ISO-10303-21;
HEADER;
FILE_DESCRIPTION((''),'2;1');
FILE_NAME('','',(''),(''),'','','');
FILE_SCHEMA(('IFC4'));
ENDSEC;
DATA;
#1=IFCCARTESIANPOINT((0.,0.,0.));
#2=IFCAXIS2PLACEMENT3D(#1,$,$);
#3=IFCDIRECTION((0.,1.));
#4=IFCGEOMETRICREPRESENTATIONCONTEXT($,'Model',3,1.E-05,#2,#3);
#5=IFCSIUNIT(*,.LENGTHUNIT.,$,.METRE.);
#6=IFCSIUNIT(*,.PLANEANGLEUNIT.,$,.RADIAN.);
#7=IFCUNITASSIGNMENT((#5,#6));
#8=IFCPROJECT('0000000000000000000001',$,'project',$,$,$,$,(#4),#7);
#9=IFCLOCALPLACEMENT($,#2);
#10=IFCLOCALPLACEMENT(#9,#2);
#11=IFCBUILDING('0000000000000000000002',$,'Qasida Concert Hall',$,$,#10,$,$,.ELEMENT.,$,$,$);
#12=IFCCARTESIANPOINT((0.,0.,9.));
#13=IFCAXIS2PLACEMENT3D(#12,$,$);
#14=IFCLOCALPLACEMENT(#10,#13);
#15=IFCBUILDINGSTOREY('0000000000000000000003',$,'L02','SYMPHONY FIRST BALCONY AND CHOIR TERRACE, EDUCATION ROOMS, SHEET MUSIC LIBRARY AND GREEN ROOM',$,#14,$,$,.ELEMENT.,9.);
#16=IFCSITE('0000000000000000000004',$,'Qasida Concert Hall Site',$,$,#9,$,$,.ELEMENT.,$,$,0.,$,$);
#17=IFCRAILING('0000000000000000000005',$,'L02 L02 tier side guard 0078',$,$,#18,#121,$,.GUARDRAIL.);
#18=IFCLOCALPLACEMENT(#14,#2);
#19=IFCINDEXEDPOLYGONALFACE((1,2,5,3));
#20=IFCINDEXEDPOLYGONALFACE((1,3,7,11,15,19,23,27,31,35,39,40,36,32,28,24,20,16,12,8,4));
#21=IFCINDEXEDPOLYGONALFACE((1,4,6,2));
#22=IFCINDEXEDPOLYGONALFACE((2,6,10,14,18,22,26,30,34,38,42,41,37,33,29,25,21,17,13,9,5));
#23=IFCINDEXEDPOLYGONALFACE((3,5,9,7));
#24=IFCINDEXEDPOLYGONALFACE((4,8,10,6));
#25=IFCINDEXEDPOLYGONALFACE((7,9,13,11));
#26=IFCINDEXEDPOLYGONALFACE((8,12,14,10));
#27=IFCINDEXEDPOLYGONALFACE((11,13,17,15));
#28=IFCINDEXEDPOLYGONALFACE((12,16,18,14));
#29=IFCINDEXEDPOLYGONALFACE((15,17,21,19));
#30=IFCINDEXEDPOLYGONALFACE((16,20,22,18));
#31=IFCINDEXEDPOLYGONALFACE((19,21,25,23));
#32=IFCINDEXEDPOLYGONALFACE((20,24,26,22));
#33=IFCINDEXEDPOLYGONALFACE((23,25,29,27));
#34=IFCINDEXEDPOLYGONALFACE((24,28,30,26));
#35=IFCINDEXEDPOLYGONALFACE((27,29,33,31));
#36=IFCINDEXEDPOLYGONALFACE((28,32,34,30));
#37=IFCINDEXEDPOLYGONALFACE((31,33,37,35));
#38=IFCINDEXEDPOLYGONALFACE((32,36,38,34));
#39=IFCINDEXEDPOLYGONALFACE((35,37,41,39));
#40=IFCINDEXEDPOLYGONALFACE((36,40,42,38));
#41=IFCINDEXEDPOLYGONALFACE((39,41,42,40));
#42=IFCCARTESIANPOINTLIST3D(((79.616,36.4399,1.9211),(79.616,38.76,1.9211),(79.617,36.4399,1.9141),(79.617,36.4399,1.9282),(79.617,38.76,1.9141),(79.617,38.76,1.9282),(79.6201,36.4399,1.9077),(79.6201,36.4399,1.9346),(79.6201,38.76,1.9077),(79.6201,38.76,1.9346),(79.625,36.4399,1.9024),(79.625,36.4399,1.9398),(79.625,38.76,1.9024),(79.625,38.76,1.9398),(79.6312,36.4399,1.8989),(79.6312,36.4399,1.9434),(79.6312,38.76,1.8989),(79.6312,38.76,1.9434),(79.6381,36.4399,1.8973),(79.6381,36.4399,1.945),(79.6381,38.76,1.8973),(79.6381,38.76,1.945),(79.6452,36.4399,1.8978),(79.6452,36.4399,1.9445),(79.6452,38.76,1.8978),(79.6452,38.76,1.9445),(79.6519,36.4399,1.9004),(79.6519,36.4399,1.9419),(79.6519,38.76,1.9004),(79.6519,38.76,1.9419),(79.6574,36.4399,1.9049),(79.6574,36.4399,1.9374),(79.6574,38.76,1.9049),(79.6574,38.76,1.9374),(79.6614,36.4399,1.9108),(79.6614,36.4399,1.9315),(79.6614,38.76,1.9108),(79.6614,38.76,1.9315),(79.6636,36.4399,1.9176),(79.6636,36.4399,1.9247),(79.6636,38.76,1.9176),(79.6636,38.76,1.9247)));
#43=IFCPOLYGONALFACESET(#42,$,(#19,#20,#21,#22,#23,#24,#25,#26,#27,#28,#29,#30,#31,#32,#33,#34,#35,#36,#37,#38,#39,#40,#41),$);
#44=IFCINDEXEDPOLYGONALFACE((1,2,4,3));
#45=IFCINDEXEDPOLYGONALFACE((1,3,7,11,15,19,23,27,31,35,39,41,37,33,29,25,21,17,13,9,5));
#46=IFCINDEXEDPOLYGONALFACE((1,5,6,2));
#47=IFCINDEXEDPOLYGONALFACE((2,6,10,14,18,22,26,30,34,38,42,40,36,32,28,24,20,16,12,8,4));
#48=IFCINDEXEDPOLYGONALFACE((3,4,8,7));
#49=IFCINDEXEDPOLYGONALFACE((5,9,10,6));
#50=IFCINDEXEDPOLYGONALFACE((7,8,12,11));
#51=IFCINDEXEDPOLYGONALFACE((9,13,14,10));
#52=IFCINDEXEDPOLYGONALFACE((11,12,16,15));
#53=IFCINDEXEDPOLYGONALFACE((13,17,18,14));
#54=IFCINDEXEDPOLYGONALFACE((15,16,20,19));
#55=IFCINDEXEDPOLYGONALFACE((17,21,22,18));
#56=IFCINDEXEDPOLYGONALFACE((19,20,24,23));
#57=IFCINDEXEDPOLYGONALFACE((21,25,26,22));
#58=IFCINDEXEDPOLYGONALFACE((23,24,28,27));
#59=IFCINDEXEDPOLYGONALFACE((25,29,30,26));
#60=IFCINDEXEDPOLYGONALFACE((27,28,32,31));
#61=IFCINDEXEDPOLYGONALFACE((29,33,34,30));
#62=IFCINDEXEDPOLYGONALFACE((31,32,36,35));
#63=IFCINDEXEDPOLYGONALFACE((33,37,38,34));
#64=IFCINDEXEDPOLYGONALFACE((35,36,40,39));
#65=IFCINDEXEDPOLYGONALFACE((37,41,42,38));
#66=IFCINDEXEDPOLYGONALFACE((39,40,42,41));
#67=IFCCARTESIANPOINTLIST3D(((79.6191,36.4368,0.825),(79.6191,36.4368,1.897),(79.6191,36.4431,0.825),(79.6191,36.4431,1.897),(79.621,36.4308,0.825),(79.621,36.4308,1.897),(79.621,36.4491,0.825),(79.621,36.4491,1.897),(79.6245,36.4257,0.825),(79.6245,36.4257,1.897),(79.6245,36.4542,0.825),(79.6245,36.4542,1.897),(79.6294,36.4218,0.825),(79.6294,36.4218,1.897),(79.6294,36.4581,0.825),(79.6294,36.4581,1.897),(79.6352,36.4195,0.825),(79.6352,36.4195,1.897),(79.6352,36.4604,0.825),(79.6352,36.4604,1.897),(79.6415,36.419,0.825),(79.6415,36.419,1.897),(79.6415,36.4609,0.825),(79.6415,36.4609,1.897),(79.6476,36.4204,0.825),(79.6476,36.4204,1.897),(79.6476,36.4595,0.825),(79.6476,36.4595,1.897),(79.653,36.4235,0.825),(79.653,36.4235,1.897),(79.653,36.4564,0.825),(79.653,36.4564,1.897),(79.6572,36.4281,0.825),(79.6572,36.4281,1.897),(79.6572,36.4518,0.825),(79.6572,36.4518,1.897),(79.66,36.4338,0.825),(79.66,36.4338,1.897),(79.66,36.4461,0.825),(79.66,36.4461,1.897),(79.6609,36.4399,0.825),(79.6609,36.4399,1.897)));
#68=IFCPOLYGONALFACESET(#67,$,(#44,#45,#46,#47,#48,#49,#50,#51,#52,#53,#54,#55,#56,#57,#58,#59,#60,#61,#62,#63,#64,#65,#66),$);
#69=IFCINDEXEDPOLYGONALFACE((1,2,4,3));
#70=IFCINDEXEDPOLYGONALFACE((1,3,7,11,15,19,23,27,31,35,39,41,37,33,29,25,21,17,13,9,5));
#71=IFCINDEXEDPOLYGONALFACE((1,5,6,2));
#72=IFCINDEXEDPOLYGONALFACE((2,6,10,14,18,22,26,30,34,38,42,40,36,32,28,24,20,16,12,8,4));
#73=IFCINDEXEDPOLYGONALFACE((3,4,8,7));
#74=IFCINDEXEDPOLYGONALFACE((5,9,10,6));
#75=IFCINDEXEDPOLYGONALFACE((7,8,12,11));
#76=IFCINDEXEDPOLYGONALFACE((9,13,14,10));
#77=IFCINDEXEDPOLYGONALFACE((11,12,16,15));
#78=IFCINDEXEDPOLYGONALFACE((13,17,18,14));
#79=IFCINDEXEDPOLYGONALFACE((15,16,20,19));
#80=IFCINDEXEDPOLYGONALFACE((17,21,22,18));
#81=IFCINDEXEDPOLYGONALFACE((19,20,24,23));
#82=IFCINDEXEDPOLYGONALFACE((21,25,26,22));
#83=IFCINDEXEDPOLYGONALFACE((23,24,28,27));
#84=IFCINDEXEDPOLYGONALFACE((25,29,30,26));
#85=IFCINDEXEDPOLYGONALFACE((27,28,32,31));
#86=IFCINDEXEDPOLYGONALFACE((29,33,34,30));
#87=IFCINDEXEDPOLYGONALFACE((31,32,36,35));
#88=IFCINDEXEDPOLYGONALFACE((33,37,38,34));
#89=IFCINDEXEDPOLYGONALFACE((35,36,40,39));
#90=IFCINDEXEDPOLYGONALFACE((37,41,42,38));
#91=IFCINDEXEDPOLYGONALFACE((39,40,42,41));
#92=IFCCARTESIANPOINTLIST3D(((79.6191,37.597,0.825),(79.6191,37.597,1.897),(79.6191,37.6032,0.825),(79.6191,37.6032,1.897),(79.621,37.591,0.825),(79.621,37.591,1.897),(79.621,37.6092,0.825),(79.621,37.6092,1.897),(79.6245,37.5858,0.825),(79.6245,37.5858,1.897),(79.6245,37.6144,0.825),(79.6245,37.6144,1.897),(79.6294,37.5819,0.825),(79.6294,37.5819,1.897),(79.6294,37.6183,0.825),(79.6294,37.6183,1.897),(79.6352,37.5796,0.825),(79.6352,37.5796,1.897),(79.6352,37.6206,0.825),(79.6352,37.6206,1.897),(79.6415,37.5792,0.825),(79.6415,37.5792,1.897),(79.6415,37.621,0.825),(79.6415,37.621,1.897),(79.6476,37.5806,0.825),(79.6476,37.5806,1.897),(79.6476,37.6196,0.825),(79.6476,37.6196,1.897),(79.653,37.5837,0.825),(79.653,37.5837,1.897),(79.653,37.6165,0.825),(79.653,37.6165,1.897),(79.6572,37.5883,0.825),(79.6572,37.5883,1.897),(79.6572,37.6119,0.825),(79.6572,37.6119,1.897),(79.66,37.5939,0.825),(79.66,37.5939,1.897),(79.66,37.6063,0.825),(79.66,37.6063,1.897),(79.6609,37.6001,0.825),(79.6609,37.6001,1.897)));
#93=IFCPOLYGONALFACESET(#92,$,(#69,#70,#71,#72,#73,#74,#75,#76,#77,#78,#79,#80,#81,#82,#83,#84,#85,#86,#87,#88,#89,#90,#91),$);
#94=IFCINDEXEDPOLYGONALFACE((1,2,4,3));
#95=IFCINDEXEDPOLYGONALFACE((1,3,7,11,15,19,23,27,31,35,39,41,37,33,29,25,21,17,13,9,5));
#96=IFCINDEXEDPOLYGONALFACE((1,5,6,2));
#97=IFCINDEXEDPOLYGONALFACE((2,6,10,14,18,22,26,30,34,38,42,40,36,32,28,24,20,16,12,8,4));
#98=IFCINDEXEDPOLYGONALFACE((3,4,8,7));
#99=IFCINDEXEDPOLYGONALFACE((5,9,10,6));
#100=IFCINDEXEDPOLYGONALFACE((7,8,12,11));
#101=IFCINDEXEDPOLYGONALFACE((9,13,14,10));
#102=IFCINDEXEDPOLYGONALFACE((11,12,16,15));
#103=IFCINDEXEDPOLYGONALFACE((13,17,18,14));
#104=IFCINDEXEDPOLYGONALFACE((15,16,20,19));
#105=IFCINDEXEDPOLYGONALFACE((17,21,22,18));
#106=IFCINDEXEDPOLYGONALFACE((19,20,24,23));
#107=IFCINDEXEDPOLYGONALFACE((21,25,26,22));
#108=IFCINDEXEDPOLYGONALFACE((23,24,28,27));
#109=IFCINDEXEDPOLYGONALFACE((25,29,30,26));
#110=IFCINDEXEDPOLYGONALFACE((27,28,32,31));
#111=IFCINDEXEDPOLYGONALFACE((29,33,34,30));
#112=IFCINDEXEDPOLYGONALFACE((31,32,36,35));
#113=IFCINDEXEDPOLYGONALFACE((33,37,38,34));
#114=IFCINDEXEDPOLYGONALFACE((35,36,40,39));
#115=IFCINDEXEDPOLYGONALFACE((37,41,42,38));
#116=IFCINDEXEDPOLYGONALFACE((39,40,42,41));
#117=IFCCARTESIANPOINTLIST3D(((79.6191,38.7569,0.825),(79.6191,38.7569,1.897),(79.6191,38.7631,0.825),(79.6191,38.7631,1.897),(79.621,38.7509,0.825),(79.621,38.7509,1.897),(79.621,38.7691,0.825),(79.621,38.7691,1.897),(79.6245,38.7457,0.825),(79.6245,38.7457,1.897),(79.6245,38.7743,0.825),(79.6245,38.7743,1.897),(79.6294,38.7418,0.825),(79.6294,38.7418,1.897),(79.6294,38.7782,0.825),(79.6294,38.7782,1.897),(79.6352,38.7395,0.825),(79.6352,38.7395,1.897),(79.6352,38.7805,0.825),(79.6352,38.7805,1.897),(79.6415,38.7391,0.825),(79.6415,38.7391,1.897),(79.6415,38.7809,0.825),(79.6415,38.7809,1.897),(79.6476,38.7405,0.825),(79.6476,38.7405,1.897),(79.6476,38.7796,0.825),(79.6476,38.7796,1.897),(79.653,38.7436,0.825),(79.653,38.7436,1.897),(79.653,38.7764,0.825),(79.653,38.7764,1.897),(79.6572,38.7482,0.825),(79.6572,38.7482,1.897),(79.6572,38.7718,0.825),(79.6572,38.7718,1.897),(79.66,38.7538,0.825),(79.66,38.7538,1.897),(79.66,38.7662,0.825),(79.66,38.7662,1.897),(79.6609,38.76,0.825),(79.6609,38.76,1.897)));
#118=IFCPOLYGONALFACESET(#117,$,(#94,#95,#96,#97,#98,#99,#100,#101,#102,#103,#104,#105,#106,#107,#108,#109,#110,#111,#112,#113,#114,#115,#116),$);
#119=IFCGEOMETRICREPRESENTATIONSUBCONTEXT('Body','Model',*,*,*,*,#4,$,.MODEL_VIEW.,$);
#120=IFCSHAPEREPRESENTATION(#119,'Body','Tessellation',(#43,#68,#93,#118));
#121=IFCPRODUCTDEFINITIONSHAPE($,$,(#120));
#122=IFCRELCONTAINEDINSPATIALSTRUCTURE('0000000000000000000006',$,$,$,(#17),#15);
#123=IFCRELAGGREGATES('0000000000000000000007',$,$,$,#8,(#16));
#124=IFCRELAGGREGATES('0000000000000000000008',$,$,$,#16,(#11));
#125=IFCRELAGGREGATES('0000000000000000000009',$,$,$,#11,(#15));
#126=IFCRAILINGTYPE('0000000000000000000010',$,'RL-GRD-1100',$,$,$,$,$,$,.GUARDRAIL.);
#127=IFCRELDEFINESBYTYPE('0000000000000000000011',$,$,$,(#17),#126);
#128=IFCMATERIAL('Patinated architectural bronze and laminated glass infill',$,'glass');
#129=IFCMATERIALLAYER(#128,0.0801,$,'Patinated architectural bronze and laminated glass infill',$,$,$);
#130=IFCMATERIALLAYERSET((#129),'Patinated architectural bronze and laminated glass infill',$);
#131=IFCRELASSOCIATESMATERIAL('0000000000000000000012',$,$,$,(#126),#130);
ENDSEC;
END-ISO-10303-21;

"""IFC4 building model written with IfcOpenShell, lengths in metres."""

from ifc_helpers import new_model, si_unit, direction, frame, origin, origin_2d, place, context, subcontext, project, spatial, circle, extrude, material, layer, layer_set, type_object, element, save


model = new_model("IFC4")

# Units and contexts
model_context = context("Model", 3, precision=1e-05, world=origin(), true_north=direction((0.0, 1.0)))
body_context = subcontext(model_context, "Body", "Model", "MODEL_VIEW")
ifc_project = project(units=[si_unit("LENGTHUNIT", "METRE"), si_unit("PLANEANGLEUNIT", "RADIAN")], contexts=[model_context])

# Site, building, storey
site_placement = place(None, origin())
site = spatial("IfcSite", under=ifc_project, at=site_placement, Name="Qasida Concert Hall Site", CompositionType="ELEMENT", RefElevation=0.0)
building_placement = place(site_placement, origin())
building = spatial("IfcBuilding", under=site, at=building_placement, Name="Qasida Concert Hall", CompositionType="ELEMENT")
storey_placement = place(building_placement, frame((0.0, 0.0, 9.0)))
storey = spatial("IfcBuildingStorey", under=building, at=storey_placement, Name="L02", Description="SYMPHONY FIRST BALCONY AND CHOIR TERRACE, EDUCATION ROOMS, SHEET MUSIC LIBRARY AND GREEN ROOM", CompositionType="ELEMENT", Elevation=9.0)

# Railing
ifc_material_1 = material(Name="Patinated architectural bronze and laminated glass infill", Category="glass")
ifc_layer_1 = layer(ifc_material_1, 0.0801, Name="Patinated architectural bronze and laminated glass infill")
ifc_layer_set_1 = layer_set([ifc_layer_1], Name="Patinated architectural bronze and laminated glass infill")
railing_type_1 = type_object("IfcRailingType", Name="RL-GRD-1100", PredefinedType="GUARDRAIL", material=ifc_layer_set_1)
for number, where, name in (
    (1, (79.6399, 36.4399, 0.825), "L02 L02 tier side guard 0078"),
):
    element("IfcRailing", number, at=place(storey_placement, frame(where)), inside=storey, type_object=railing_type_1, Name=name, PredefinedType="GUARDRAIL", context=body_context, shape_type="SweptSolid", body=[
        extrude(circle(Radius=0.0239, at=origin_2d()), frame((0.0, 0.0, 1.0962), z_axis=(0.0, 1.0, 0.0), x_axis=(-1.0, 0.0, 0.0)), (0.0, 0.0, 1.0), 2.3201),
        extrude(circle(Radius=0.021, at=origin_2d()), origin(), (0.0, 0.0, 1.0), 1.072),
        extrude(circle(Radius=0.021, at=origin_2d()), frame((0.0, 1.1602, 0.0)), (0.0, 0.0, 1.0), 1.072),
        extrude(circle(Radius=0.021, at=origin_2d()), frame((0.0, 2.3201, 0.0)), (0.0, 0.0, 1.0), 1.072),
    ])

save(model, "model.ifc")
